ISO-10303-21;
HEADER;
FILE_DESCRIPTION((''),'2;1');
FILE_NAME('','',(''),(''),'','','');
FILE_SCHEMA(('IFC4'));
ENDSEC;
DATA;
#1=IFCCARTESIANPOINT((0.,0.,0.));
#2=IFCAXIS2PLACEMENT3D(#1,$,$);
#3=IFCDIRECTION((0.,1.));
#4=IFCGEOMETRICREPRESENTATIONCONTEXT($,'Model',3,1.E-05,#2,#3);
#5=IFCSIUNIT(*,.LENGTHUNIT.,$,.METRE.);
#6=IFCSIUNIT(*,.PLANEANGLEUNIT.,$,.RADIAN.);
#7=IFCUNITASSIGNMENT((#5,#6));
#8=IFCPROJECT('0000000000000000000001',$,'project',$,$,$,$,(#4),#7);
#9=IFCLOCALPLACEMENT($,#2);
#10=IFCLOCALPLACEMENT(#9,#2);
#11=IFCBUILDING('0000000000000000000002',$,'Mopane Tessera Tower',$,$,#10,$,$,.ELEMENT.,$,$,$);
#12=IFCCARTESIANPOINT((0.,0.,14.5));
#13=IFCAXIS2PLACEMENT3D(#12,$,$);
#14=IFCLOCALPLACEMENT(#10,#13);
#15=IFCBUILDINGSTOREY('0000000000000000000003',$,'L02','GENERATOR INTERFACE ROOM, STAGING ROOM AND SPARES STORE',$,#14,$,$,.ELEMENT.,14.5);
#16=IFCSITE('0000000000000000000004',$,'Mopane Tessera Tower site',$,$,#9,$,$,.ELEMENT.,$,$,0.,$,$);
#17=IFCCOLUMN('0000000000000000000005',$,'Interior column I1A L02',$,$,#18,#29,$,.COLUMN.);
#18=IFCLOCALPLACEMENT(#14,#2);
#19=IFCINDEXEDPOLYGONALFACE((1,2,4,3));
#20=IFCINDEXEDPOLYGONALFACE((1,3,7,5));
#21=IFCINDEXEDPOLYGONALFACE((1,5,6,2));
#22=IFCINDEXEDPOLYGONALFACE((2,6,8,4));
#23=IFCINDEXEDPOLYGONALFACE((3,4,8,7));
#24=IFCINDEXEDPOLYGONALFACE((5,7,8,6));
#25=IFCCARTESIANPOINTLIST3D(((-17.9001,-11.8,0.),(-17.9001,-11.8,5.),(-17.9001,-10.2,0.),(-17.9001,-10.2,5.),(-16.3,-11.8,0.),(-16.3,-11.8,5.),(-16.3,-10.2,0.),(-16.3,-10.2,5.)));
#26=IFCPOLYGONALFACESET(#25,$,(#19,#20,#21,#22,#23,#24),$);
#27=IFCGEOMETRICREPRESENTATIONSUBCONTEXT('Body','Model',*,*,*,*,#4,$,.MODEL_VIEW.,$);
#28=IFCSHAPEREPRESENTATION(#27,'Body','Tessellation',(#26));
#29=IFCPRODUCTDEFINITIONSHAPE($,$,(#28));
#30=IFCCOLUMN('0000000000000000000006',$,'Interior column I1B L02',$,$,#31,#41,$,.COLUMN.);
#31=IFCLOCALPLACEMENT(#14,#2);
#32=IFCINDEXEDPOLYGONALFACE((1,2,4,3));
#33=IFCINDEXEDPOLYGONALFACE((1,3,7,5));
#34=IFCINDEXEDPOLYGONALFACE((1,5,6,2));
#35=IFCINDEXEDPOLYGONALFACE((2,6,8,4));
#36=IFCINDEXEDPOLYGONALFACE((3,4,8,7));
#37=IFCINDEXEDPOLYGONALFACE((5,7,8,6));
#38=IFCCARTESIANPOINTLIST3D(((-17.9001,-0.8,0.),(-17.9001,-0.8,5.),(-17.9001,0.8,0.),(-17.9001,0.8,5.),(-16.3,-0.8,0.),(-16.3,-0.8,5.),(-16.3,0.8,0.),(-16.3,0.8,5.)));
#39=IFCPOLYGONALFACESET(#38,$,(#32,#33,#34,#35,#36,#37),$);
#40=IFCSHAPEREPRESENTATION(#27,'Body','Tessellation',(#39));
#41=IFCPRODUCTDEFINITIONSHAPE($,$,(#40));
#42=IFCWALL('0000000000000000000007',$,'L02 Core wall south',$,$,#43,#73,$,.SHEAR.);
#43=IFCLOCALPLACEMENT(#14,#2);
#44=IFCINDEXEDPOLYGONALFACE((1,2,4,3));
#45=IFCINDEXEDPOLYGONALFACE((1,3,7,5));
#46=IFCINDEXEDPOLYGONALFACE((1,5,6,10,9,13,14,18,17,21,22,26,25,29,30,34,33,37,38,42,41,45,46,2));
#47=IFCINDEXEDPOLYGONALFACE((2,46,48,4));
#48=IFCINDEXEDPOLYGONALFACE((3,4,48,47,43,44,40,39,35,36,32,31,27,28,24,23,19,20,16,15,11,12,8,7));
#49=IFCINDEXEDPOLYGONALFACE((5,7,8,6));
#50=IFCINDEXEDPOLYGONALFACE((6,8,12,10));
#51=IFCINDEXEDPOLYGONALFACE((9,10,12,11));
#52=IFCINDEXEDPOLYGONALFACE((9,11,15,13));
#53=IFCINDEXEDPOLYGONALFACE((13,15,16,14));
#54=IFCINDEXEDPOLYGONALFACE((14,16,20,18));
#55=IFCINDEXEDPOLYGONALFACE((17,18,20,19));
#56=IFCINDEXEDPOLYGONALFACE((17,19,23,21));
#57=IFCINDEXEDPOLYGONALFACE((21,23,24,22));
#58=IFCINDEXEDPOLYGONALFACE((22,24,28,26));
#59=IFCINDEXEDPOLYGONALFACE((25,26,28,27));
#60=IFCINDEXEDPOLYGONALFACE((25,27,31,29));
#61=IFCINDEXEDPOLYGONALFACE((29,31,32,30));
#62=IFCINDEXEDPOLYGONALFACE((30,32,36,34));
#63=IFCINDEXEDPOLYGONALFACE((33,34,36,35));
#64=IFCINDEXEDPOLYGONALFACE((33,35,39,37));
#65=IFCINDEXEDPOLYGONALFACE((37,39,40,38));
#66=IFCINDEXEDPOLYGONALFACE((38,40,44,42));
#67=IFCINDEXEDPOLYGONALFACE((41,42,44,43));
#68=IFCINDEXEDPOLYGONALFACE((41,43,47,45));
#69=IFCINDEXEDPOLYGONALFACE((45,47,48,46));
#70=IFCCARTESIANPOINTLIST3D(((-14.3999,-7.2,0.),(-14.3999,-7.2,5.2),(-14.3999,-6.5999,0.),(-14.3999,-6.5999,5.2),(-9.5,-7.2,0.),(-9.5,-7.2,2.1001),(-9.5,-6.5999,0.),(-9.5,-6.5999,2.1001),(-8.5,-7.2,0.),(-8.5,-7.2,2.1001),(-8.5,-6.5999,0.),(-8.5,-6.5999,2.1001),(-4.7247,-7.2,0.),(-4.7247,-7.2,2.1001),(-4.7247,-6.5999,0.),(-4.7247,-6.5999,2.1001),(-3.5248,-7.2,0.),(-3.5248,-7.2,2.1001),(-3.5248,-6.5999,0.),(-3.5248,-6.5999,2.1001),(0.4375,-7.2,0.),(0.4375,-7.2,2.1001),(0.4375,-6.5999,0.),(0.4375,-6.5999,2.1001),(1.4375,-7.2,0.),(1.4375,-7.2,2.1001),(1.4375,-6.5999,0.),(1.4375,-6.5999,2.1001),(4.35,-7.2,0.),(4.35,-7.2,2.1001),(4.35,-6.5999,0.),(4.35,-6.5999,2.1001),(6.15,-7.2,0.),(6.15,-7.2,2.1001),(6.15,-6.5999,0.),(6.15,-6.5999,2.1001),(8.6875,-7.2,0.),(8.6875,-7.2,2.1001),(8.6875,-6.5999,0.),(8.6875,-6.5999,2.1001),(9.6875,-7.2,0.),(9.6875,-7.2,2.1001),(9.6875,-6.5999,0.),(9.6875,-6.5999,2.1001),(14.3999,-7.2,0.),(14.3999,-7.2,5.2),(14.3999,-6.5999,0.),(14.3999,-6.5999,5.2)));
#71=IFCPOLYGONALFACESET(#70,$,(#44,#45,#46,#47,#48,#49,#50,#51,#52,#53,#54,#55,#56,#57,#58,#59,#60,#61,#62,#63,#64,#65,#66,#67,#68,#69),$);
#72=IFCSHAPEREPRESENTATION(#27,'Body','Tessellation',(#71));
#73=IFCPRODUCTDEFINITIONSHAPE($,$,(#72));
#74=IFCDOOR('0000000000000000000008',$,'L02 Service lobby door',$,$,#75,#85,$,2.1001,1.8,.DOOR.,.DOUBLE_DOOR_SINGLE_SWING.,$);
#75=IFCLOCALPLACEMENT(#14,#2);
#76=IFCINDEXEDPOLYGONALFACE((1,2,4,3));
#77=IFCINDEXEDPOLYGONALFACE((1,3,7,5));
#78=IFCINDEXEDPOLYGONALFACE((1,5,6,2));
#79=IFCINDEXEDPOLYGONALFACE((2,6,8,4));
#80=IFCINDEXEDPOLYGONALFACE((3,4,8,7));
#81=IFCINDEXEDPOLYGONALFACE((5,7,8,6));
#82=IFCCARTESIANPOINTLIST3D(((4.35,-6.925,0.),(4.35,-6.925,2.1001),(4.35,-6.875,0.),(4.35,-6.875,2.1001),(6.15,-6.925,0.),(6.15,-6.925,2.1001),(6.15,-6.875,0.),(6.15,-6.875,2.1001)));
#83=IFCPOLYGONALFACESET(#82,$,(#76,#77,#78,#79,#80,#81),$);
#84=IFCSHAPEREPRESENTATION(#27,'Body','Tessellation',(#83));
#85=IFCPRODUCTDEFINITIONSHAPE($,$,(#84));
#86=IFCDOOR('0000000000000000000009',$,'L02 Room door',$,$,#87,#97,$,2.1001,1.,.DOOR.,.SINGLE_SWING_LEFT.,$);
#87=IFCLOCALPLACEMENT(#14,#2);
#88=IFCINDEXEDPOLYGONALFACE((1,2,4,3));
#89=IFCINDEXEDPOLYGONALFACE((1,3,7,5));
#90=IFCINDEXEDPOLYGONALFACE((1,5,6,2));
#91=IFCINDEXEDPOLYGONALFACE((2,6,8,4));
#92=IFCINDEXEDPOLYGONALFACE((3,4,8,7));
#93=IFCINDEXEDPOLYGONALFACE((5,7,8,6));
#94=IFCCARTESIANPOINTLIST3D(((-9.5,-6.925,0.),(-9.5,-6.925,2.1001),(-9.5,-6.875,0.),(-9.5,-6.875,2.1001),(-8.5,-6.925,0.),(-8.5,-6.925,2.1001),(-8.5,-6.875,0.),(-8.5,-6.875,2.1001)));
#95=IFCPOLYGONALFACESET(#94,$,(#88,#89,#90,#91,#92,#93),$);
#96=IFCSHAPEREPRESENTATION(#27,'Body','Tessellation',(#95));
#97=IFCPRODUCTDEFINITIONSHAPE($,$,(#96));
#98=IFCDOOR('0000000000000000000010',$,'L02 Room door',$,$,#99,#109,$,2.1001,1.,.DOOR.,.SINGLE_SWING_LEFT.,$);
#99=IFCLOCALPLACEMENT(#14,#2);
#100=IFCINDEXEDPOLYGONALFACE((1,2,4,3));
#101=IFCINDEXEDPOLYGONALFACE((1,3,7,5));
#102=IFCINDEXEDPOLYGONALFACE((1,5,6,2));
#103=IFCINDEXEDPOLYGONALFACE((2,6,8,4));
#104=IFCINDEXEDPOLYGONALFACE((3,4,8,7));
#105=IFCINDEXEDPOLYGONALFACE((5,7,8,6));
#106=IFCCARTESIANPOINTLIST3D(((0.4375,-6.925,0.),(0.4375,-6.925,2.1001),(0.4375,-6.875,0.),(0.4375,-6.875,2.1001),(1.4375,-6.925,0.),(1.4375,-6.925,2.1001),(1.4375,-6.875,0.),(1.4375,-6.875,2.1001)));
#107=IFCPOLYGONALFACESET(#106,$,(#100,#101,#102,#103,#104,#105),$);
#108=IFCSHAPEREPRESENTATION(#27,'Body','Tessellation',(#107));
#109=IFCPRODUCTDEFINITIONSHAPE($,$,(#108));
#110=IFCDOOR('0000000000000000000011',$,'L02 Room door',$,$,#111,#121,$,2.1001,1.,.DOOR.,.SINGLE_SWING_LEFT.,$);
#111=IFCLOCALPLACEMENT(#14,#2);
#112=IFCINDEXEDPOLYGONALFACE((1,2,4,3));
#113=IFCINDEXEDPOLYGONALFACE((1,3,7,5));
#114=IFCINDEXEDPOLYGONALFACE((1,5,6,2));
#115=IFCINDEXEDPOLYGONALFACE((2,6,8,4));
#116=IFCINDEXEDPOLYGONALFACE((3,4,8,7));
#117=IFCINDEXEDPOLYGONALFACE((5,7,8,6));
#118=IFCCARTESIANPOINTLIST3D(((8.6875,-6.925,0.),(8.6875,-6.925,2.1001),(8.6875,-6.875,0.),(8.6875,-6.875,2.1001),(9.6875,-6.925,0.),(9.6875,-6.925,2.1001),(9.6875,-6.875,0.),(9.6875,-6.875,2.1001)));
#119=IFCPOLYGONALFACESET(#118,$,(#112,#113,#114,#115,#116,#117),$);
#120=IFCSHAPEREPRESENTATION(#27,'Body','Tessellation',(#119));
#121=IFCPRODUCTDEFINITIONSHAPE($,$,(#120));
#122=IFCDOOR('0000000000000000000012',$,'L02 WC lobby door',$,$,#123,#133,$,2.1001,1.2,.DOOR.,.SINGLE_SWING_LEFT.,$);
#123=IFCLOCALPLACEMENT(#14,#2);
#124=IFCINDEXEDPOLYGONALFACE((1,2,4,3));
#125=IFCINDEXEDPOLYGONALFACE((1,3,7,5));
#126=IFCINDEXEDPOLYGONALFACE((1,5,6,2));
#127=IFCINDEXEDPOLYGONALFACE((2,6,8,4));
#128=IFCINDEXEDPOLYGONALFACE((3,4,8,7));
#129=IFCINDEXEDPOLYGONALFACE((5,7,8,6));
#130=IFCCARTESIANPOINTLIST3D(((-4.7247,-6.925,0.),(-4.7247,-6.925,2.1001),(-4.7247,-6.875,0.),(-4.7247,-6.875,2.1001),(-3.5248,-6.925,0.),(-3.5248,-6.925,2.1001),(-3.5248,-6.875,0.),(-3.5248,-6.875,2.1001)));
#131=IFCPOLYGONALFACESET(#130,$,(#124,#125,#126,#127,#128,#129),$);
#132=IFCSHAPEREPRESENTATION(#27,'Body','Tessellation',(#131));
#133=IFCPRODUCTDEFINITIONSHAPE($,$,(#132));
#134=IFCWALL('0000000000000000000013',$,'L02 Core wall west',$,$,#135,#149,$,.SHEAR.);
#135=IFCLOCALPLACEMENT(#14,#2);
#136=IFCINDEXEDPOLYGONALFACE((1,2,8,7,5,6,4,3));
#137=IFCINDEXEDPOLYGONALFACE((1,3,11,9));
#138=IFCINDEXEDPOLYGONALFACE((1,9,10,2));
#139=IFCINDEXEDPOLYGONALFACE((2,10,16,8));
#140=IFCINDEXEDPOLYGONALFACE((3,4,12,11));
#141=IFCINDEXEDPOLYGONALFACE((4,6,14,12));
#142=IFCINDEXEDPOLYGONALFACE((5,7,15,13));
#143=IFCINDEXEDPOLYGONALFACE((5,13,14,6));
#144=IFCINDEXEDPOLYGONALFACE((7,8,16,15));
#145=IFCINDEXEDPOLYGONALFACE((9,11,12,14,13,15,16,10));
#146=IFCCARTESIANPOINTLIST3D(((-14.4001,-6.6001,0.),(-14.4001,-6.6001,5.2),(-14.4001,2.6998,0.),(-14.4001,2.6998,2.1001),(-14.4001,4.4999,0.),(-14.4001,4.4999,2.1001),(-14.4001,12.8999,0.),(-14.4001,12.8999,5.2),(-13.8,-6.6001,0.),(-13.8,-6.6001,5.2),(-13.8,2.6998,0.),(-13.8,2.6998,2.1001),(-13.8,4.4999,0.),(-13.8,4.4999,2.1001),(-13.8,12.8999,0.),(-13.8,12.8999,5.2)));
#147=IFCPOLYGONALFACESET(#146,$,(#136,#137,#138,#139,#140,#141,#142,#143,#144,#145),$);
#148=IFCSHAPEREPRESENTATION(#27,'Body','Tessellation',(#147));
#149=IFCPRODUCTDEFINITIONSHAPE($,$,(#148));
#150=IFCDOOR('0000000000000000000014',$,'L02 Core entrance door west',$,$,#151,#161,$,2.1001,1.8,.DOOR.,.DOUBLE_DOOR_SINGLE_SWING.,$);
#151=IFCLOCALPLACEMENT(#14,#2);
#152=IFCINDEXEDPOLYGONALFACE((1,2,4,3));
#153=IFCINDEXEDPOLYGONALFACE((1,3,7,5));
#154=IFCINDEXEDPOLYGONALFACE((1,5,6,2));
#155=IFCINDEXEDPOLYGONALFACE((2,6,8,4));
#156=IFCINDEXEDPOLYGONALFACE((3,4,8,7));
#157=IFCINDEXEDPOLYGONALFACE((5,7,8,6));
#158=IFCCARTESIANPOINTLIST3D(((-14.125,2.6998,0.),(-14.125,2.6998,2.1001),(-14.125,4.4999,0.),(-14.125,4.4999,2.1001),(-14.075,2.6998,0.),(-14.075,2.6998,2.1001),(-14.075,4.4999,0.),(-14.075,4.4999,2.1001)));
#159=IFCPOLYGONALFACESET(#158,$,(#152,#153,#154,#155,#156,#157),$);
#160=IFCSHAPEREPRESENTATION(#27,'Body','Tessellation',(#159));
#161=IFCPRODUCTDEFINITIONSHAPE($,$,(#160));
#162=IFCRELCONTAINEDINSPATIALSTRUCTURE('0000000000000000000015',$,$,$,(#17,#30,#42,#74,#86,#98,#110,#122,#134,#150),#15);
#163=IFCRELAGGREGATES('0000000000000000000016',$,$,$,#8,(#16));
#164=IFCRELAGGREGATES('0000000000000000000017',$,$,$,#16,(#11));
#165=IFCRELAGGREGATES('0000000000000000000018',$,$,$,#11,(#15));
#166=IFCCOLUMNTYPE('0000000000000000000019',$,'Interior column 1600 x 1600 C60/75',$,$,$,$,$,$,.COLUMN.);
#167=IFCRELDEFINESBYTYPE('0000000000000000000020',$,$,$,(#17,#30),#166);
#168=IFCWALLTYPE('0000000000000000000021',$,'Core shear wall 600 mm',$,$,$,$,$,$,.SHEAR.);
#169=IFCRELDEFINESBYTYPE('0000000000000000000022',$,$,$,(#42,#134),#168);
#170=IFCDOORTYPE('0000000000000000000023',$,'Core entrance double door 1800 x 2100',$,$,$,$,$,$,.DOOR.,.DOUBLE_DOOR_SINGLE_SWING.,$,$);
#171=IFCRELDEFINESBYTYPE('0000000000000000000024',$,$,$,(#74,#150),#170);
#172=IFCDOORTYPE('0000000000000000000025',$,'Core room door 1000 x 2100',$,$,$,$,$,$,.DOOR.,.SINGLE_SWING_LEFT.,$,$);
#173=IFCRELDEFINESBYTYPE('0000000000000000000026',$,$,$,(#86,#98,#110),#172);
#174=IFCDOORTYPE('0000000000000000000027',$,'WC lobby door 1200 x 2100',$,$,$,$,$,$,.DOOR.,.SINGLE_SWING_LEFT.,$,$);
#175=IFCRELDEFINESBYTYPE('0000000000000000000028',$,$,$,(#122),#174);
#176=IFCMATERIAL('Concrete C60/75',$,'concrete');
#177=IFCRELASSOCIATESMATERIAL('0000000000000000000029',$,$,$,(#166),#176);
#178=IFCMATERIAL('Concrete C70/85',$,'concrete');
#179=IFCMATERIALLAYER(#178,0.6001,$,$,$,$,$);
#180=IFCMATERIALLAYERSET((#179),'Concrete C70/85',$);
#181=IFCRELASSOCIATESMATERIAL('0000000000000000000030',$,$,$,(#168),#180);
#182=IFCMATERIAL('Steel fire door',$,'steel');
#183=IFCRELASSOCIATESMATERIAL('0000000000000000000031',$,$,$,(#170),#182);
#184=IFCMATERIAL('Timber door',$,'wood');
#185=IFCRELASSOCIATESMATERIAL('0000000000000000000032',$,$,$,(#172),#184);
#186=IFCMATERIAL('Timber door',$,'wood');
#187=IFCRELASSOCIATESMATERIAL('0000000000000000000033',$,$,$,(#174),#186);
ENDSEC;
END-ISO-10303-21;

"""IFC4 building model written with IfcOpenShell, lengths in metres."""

from ifc_helpers import new_model, si_unit, direction, frame, frame_2d, origin, origin_2d, place, context, subcontext, project, spatial, rectangle, extrude, material, layer, layer_set, material_profile, profile_set, type_object, element, fill, save


model = new_model("IFC4")

# Units and contexts
model_context = context("Model", 3, precision=1e-05, world=origin(), true_north=direction((0.0, 1.0)))
body_context = subcontext(model_context, "Body", "Model", "MODEL_VIEW")
ifc_project = project(units=[si_unit("LENGTHUNIT", "METRE"), si_unit("PLANEANGLEUNIT", "RADIAN")], contexts=[model_context])

# Site, building, storey
site_placement = place(None, origin())
site = spatial("IfcSite", under=ifc_project, at=site_placement, Name="Mopane Tessera Tower site", CompositionType="ELEMENT", RefElevation=0.0)
building_placement = place(site_placement, origin())
building = spatial("IfcBuilding", under=site, at=building_placement, Name="Mopane Tessera Tower", CompositionType="ELEMENT")
storey_placement = place(building_placement, frame((0.0, 0.0, 14.5)))
storey = spatial("IfcBuildingStorey", under=building, at=storey_placement, Name="L02", Description="GENERATOR INTERFACE ROOM, STAGING ROOM AND SPARES STORE", CompositionType="ELEMENT", Elevation=14.5)

# Columns
ifc_material_1 = material(Name="Concrete C60/75", Category="concrete")
ifc_material_profile = material_profile(ifc_material_1, rectangle(XDim=1.6001, YDim=1.6001, at=origin_2d()))
ifc_profile_set = profile_set([ifc_material_profile], Name="Concrete C60/75")
column_type = type_object("IfcColumnType", Name="Interior column 1600 x 1600 C60/75", PredefinedType="COLUMN", material=ifc_profile_set)
for number, where, z_axis, x_axis, name in (
    (1, (-17.1001, -11.0, 0.0), (0.0, 0.0, 1.0), (1.0, 0.0, 0.0), "Interior column I1A L02"),
    (2, (-17.1001, 0.0, 0.0), (0.0, 0.0, 1.0), (1.0, 0.0, 0.0), "Interior column I1B L02"),
):
    element("IfcColumn", number, at=place(storey_placement, frame(where, z_axis=z_axis, x_axis=x_axis)), inside=storey, type_object=column_type, Name=name, PredefinedType="COLUMN", context=body_context, shape_type="SweptSolid", body=[
        extrude(rectangle(XDim=1.6001, YDim=1.6001, at=origin_2d()), origin(), (0.0, 0.0, 1.0), 5.0),
    ])

# Wall, openings, doors
ifc_material_2 = material(Name="Concrete C70/85", Category="concrete")
ifc_layer_1 = layer(ifc_material_2, 0.6001)
ifc_layer_set_1 = layer_set([ifc_layer_1], Name="Concrete C70/85")
wall_type_1 = type_object("IfcWallType", Name="Core shear wall 600 mm", PredefinedType="SHEAR", material=ifc_layer_set_1)
wall_1_placement = place(storey_placement, frame((-14.3999, -6.8999, 0.0), z_axis=(0.0, 0.0, 1.0), x_axis=(1.0, 0.0, 0.0)))
wall_1 = element("IfcWall", 3, at=wall_1_placement, inside=storey, type_object=wall_type_1, Name="L02 Core wall south", PredefinedType="SHEAR", context=body_context, shape_type="SweptSolid", body=[
    extrude(rectangle(XDim=28.7998, YDim=0.6001, at=frame_2d((14.3999, 0.0))), origin(), (0.0, 0.0, 1.0), 5.2),
])
opening_1_placement = place(wall_1_placement, frame((4.8999, 0.0, 0.0)))
opening_1 = element("IfcOpeningElement", 4, at=opening_1_placement, cuts=wall_1, PredefinedType="OPENING", context=body_context, shape_type="SweptSolid", body=[
    extrude(rectangle(XDim=1.0, YDim=2.1001, at=frame_2d((0.5, 1.05))), frame((0.0, 0.312, 0.0), z_axis=(0.0, -1.0, 0.0), x_axis=(1.0, 0.0, 0.0)), (0.0, 0.0, 1.0), 0.624),
])
opening_2_placement = place(wall_1_placement, frame((9.675, 0.0, 0.0)))
opening_2 = element("IfcOpeningElement", 5, at=opening_2_placement, cuts=wall_1, PredefinedType="OPENING", context=body_context, shape_type="SweptSolid", body=[
    extrude(rectangle(XDim=1.2, YDim=2.1001, at=frame_2d((0.6001, 1.05))), frame((0.0, 0.312, 0.0), z_axis=(0.0, -1.0, 0.0), x_axis=(1.0, 0.0, 0.0)), (0.0, 0.0, 1.0), 0.624),
])
opening_3_placement = place(wall_1_placement, frame((14.8374, 0.0, 0.0)))
opening_3 = element("IfcOpeningElement", 6, at=opening_3_placement, cuts=wall_1, PredefinedType="OPENING", context=body_context, shape_type="SweptSolid", body=[
    extrude(rectangle(XDim=1.0, YDim=2.1001, at=frame_2d((0.5, 1.05))), frame((0.0, 0.312, 0.0), z_axis=(0.0, -1.0, 0.0), x_axis=(1.0, 0.0, 0.0)), (0.0, 0.0, 1.0), 0.624),
])
opening_4_placement = place(wall_1_placement, frame((18.75, 0.0, 0.0)))
opening_4 = element("IfcOpeningElement", 7, at=opening_4_placement, cuts=wall_1, PredefinedType="OPENING", context=body_context, shape_type="SweptSolid", body=[
    extrude(rectangle(XDim=1.8, YDim=2.1001, at=frame_2d((0.8999, 1.05))), frame((0.0, 0.312, 0.0), z_axis=(0.0, -1.0, 0.0), x_axis=(1.0, 0.0, 0.0)), (0.0, 0.0, 1.0), 0.624),
])
opening_5_placement = place(wall_1_placement, frame((23.0874, 0.0, 0.0)))
opening_5 = element("IfcOpeningElement", 8, at=opening_5_placement, cuts=wall_1, PredefinedType="OPENING", context=body_context, shape_type="SweptSolid", body=[
    extrude(rectangle(XDim=1.0, YDim=2.1001, at=frame_2d((0.5, 1.05))), frame((0.0, 0.312, 0.0), z_axis=(0.0, -1.0, 0.0), x_axis=(1.0, 0.0, 0.0)), (0.0, 0.0, 1.0), 0.624),
])
ifc_material_3 = material(Name="Steel fire door", Category="steel")
door_type_1 = type_object("IfcDoorType", Name="Core entrance double door 1800 x 2100", OperationType="DOUBLE_DOOR_SINGLE_SWING", PredefinedType="DOOR", material=ifc_material_3)
door_1_placement = place(opening_4_placement, origin())
door_1 = element("IfcDoor", 9, at=door_1_placement, inside=storey, type_object=door_type_1, Name="L02 Service lobby door", OperationType="DOUBLE_DOOR_SINGLE_SWING", OverallHeight=2.1001, OverallWidth=1.8, PredefinedType="DOOR", context=body_context, shape_type="SweptSolid", body=[
    extrude(rectangle(XDim=1.8, YDim=2.1001, at=frame_2d((0.8999, 1.05))), frame((0.0, 0.0249, 0.0), z_axis=(0.0, -1.0, 0.0), x_axis=(1.0, 0.0, 0.0)), (0.0, 0.0, 1.0), 0.05),
])
fill(opening_4, door_1)
ifc_material_4 = material(Name="Timber door", Category="wood")
door_type_2 = type_object("IfcDoorType", Name="Core room door 1000 x 2100", OperationType="SINGLE_SWING_LEFT", PredefinedType="DOOR", material=ifc_material_4)
door_2_placement = place(opening_1_placement, origin())
door_2 = element("IfcDoor", 10, at=door_2_placement, inside=storey, type_object=door_type_2, Name="L02 Room door", OperationType="SINGLE_SWING_LEFT", OverallHeight=2.1001, OverallWidth=1.0, PredefinedType="DOOR", context=body_context, shape_type="SweptSolid", body=[
    extrude(rectangle(XDim=1.0, YDim=2.1001, at=frame_2d((0.5, 1.05))), frame((0.0, 0.0249, 0.0), z_axis=(0.0, -1.0, 0.0), x_axis=(1.0, 0.0, 0.0)), (0.0, 0.0, 1.0), 0.05),
])
fill(opening_1, door_2)
door_3_placement = place(opening_3_placement, origin())
door_3 = element("IfcDoor", 11, at=door_3_placement, inside=storey, type_object=door_type_2, Name="L02 Room door", OperationType="SINGLE_SWING_LEFT", OverallHeight=2.1001, OverallWidth=1.0, PredefinedType="DOOR", context=body_context, shape_type="SweptSolid", body=[
    extrude(rectangle(XDim=1.0, YDim=2.1001, at=frame_2d((0.5, 1.05))), frame((0.0, 0.0249, 0.0), z_axis=(0.0, -1.0, 0.0), x_axis=(1.0, 0.0, 0.0)), (0.0, 0.0, 1.0), 0.05),
])
fill(opening_3, door_3)
door_4_placement = place(opening_5_placement, origin())
door_4 = element("IfcDoor", 12, at=door_4_placement, inside=storey, type_object=door_type_2, Name="L02 Room door", OperationType="SINGLE_SWING_LEFT", OverallHeight=2.1001, OverallWidth=1.0, PredefinedType="DOOR", context=body_context, shape_type="SweptSolid", body=[
    extrude(rectangle(XDim=1.0, YDim=2.1001, at=frame_2d((0.5, 1.05))), frame((0.0, 0.0249, 0.0), z_axis=(0.0, -1.0, 0.0), x_axis=(1.0, 0.0, 0.0)), (0.0, 0.0, 1.0), 0.05),
])
fill(opening_5, door_4)
ifc_material_5 = material(Name="Timber door", Category="wood")
door_type_3 = type_object("IfcDoorType", Name="WC lobby door 1200 x 2100", OperationType="SINGLE_SWING_LEFT", PredefinedType="DOOR", material=ifc_material_5)
door_5_placement = place(opening_2_placement, origin())
door_5 = element("IfcDoor", 13, at=door_5_placement, inside=storey, type_object=door_type_3, Name="L02 WC lobby door", OperationType="SINGLE_SWING_LEFT", OverallHeight=2.1001, OverallWidth=1.2, PredefinedType="DOOR", context=body_context, shape_type="SweptSolid", body=[
    extrude(rectangle(XDim=1.2, YDim=2.1001, at=frame_2d((0.6001, 1.05))), frame((0.0, 0.0249, 0.0), z_axis=(0.0, -1.0, 0.0), x_axis=(1.0, 0.0, 0.0)), (0.0, 0.0, 1.0), 0.05),
])
fill(opening_2, door_5)

# Wall, opening, door
wall_2_placement = place(storey_placement, frame((-14.1001, -6.6001, 0.0), z_axis=(0.0, 0.0, 1.0), x_axis=(0.0, 1.0, 0.0)))
wall_2 = element("IfcWall", 14, at=wall_2_placement, inside=storey, type_object=wall_type_1, Name="L02 Core wall west", PredefinedType="SHEAR", context=body_context, shape_type="SweptSolid", body=[
    extrude(rectangle(XDim=19.5, YDim=0.6001, at=frame_2d((9.75, 0.0))), origin(), (0.0, 0.0, 1.0), 5.2),
])
opening_6_placement = place(wall_2_placement, frame((9.3, 0.0, 0.0)))
opening_6 = element("IfcOpeningElement", 15, at=opening_6_placement, cuts=wall_2, PredefinedType="OPENING", context=body_context, shape_type="SweptSolid", body=[
    extrude(rectangle(XDim=1.8, YDim=2.1001, at=frame_2d((0.8999, 1.05))), frame((0.0, 0.312, 0.0), z_axis=(0.0, -1.0, 0.0), x_axis=(1.0, 0.0, 0.0)), (0.0, 0.0, 1.0), 0.624),
])
door_6_placement = place(opening_6_placement, origin())
door_6 = element("IfcDoor", 16, at=door_6_placement, inside=storey, type_object=door_type_1, Name="L02 Core entrance door west", OperationType="DOUBLE_DOOR_SINGLE_SWING", OverallHeight=2.1001, OverallWidth=1.8, PredefinedType="DOOR", context=body_context, shape_type="SweptSolid", body=[
    extrude(rectangle(XDim=1.8, YDim=2.1001, at=frame_2d((0.8999, 1.05))), frame((0.0, 0.0249, 0.0), z_axis=(0.0, -1.0, 0.0), x_axis=(1.0, 0.0, 0.0)), (0.0, 0.0, 1.0), 0.05),
])
fill(opening_6, door_6)

save(model, "model.ifc")
